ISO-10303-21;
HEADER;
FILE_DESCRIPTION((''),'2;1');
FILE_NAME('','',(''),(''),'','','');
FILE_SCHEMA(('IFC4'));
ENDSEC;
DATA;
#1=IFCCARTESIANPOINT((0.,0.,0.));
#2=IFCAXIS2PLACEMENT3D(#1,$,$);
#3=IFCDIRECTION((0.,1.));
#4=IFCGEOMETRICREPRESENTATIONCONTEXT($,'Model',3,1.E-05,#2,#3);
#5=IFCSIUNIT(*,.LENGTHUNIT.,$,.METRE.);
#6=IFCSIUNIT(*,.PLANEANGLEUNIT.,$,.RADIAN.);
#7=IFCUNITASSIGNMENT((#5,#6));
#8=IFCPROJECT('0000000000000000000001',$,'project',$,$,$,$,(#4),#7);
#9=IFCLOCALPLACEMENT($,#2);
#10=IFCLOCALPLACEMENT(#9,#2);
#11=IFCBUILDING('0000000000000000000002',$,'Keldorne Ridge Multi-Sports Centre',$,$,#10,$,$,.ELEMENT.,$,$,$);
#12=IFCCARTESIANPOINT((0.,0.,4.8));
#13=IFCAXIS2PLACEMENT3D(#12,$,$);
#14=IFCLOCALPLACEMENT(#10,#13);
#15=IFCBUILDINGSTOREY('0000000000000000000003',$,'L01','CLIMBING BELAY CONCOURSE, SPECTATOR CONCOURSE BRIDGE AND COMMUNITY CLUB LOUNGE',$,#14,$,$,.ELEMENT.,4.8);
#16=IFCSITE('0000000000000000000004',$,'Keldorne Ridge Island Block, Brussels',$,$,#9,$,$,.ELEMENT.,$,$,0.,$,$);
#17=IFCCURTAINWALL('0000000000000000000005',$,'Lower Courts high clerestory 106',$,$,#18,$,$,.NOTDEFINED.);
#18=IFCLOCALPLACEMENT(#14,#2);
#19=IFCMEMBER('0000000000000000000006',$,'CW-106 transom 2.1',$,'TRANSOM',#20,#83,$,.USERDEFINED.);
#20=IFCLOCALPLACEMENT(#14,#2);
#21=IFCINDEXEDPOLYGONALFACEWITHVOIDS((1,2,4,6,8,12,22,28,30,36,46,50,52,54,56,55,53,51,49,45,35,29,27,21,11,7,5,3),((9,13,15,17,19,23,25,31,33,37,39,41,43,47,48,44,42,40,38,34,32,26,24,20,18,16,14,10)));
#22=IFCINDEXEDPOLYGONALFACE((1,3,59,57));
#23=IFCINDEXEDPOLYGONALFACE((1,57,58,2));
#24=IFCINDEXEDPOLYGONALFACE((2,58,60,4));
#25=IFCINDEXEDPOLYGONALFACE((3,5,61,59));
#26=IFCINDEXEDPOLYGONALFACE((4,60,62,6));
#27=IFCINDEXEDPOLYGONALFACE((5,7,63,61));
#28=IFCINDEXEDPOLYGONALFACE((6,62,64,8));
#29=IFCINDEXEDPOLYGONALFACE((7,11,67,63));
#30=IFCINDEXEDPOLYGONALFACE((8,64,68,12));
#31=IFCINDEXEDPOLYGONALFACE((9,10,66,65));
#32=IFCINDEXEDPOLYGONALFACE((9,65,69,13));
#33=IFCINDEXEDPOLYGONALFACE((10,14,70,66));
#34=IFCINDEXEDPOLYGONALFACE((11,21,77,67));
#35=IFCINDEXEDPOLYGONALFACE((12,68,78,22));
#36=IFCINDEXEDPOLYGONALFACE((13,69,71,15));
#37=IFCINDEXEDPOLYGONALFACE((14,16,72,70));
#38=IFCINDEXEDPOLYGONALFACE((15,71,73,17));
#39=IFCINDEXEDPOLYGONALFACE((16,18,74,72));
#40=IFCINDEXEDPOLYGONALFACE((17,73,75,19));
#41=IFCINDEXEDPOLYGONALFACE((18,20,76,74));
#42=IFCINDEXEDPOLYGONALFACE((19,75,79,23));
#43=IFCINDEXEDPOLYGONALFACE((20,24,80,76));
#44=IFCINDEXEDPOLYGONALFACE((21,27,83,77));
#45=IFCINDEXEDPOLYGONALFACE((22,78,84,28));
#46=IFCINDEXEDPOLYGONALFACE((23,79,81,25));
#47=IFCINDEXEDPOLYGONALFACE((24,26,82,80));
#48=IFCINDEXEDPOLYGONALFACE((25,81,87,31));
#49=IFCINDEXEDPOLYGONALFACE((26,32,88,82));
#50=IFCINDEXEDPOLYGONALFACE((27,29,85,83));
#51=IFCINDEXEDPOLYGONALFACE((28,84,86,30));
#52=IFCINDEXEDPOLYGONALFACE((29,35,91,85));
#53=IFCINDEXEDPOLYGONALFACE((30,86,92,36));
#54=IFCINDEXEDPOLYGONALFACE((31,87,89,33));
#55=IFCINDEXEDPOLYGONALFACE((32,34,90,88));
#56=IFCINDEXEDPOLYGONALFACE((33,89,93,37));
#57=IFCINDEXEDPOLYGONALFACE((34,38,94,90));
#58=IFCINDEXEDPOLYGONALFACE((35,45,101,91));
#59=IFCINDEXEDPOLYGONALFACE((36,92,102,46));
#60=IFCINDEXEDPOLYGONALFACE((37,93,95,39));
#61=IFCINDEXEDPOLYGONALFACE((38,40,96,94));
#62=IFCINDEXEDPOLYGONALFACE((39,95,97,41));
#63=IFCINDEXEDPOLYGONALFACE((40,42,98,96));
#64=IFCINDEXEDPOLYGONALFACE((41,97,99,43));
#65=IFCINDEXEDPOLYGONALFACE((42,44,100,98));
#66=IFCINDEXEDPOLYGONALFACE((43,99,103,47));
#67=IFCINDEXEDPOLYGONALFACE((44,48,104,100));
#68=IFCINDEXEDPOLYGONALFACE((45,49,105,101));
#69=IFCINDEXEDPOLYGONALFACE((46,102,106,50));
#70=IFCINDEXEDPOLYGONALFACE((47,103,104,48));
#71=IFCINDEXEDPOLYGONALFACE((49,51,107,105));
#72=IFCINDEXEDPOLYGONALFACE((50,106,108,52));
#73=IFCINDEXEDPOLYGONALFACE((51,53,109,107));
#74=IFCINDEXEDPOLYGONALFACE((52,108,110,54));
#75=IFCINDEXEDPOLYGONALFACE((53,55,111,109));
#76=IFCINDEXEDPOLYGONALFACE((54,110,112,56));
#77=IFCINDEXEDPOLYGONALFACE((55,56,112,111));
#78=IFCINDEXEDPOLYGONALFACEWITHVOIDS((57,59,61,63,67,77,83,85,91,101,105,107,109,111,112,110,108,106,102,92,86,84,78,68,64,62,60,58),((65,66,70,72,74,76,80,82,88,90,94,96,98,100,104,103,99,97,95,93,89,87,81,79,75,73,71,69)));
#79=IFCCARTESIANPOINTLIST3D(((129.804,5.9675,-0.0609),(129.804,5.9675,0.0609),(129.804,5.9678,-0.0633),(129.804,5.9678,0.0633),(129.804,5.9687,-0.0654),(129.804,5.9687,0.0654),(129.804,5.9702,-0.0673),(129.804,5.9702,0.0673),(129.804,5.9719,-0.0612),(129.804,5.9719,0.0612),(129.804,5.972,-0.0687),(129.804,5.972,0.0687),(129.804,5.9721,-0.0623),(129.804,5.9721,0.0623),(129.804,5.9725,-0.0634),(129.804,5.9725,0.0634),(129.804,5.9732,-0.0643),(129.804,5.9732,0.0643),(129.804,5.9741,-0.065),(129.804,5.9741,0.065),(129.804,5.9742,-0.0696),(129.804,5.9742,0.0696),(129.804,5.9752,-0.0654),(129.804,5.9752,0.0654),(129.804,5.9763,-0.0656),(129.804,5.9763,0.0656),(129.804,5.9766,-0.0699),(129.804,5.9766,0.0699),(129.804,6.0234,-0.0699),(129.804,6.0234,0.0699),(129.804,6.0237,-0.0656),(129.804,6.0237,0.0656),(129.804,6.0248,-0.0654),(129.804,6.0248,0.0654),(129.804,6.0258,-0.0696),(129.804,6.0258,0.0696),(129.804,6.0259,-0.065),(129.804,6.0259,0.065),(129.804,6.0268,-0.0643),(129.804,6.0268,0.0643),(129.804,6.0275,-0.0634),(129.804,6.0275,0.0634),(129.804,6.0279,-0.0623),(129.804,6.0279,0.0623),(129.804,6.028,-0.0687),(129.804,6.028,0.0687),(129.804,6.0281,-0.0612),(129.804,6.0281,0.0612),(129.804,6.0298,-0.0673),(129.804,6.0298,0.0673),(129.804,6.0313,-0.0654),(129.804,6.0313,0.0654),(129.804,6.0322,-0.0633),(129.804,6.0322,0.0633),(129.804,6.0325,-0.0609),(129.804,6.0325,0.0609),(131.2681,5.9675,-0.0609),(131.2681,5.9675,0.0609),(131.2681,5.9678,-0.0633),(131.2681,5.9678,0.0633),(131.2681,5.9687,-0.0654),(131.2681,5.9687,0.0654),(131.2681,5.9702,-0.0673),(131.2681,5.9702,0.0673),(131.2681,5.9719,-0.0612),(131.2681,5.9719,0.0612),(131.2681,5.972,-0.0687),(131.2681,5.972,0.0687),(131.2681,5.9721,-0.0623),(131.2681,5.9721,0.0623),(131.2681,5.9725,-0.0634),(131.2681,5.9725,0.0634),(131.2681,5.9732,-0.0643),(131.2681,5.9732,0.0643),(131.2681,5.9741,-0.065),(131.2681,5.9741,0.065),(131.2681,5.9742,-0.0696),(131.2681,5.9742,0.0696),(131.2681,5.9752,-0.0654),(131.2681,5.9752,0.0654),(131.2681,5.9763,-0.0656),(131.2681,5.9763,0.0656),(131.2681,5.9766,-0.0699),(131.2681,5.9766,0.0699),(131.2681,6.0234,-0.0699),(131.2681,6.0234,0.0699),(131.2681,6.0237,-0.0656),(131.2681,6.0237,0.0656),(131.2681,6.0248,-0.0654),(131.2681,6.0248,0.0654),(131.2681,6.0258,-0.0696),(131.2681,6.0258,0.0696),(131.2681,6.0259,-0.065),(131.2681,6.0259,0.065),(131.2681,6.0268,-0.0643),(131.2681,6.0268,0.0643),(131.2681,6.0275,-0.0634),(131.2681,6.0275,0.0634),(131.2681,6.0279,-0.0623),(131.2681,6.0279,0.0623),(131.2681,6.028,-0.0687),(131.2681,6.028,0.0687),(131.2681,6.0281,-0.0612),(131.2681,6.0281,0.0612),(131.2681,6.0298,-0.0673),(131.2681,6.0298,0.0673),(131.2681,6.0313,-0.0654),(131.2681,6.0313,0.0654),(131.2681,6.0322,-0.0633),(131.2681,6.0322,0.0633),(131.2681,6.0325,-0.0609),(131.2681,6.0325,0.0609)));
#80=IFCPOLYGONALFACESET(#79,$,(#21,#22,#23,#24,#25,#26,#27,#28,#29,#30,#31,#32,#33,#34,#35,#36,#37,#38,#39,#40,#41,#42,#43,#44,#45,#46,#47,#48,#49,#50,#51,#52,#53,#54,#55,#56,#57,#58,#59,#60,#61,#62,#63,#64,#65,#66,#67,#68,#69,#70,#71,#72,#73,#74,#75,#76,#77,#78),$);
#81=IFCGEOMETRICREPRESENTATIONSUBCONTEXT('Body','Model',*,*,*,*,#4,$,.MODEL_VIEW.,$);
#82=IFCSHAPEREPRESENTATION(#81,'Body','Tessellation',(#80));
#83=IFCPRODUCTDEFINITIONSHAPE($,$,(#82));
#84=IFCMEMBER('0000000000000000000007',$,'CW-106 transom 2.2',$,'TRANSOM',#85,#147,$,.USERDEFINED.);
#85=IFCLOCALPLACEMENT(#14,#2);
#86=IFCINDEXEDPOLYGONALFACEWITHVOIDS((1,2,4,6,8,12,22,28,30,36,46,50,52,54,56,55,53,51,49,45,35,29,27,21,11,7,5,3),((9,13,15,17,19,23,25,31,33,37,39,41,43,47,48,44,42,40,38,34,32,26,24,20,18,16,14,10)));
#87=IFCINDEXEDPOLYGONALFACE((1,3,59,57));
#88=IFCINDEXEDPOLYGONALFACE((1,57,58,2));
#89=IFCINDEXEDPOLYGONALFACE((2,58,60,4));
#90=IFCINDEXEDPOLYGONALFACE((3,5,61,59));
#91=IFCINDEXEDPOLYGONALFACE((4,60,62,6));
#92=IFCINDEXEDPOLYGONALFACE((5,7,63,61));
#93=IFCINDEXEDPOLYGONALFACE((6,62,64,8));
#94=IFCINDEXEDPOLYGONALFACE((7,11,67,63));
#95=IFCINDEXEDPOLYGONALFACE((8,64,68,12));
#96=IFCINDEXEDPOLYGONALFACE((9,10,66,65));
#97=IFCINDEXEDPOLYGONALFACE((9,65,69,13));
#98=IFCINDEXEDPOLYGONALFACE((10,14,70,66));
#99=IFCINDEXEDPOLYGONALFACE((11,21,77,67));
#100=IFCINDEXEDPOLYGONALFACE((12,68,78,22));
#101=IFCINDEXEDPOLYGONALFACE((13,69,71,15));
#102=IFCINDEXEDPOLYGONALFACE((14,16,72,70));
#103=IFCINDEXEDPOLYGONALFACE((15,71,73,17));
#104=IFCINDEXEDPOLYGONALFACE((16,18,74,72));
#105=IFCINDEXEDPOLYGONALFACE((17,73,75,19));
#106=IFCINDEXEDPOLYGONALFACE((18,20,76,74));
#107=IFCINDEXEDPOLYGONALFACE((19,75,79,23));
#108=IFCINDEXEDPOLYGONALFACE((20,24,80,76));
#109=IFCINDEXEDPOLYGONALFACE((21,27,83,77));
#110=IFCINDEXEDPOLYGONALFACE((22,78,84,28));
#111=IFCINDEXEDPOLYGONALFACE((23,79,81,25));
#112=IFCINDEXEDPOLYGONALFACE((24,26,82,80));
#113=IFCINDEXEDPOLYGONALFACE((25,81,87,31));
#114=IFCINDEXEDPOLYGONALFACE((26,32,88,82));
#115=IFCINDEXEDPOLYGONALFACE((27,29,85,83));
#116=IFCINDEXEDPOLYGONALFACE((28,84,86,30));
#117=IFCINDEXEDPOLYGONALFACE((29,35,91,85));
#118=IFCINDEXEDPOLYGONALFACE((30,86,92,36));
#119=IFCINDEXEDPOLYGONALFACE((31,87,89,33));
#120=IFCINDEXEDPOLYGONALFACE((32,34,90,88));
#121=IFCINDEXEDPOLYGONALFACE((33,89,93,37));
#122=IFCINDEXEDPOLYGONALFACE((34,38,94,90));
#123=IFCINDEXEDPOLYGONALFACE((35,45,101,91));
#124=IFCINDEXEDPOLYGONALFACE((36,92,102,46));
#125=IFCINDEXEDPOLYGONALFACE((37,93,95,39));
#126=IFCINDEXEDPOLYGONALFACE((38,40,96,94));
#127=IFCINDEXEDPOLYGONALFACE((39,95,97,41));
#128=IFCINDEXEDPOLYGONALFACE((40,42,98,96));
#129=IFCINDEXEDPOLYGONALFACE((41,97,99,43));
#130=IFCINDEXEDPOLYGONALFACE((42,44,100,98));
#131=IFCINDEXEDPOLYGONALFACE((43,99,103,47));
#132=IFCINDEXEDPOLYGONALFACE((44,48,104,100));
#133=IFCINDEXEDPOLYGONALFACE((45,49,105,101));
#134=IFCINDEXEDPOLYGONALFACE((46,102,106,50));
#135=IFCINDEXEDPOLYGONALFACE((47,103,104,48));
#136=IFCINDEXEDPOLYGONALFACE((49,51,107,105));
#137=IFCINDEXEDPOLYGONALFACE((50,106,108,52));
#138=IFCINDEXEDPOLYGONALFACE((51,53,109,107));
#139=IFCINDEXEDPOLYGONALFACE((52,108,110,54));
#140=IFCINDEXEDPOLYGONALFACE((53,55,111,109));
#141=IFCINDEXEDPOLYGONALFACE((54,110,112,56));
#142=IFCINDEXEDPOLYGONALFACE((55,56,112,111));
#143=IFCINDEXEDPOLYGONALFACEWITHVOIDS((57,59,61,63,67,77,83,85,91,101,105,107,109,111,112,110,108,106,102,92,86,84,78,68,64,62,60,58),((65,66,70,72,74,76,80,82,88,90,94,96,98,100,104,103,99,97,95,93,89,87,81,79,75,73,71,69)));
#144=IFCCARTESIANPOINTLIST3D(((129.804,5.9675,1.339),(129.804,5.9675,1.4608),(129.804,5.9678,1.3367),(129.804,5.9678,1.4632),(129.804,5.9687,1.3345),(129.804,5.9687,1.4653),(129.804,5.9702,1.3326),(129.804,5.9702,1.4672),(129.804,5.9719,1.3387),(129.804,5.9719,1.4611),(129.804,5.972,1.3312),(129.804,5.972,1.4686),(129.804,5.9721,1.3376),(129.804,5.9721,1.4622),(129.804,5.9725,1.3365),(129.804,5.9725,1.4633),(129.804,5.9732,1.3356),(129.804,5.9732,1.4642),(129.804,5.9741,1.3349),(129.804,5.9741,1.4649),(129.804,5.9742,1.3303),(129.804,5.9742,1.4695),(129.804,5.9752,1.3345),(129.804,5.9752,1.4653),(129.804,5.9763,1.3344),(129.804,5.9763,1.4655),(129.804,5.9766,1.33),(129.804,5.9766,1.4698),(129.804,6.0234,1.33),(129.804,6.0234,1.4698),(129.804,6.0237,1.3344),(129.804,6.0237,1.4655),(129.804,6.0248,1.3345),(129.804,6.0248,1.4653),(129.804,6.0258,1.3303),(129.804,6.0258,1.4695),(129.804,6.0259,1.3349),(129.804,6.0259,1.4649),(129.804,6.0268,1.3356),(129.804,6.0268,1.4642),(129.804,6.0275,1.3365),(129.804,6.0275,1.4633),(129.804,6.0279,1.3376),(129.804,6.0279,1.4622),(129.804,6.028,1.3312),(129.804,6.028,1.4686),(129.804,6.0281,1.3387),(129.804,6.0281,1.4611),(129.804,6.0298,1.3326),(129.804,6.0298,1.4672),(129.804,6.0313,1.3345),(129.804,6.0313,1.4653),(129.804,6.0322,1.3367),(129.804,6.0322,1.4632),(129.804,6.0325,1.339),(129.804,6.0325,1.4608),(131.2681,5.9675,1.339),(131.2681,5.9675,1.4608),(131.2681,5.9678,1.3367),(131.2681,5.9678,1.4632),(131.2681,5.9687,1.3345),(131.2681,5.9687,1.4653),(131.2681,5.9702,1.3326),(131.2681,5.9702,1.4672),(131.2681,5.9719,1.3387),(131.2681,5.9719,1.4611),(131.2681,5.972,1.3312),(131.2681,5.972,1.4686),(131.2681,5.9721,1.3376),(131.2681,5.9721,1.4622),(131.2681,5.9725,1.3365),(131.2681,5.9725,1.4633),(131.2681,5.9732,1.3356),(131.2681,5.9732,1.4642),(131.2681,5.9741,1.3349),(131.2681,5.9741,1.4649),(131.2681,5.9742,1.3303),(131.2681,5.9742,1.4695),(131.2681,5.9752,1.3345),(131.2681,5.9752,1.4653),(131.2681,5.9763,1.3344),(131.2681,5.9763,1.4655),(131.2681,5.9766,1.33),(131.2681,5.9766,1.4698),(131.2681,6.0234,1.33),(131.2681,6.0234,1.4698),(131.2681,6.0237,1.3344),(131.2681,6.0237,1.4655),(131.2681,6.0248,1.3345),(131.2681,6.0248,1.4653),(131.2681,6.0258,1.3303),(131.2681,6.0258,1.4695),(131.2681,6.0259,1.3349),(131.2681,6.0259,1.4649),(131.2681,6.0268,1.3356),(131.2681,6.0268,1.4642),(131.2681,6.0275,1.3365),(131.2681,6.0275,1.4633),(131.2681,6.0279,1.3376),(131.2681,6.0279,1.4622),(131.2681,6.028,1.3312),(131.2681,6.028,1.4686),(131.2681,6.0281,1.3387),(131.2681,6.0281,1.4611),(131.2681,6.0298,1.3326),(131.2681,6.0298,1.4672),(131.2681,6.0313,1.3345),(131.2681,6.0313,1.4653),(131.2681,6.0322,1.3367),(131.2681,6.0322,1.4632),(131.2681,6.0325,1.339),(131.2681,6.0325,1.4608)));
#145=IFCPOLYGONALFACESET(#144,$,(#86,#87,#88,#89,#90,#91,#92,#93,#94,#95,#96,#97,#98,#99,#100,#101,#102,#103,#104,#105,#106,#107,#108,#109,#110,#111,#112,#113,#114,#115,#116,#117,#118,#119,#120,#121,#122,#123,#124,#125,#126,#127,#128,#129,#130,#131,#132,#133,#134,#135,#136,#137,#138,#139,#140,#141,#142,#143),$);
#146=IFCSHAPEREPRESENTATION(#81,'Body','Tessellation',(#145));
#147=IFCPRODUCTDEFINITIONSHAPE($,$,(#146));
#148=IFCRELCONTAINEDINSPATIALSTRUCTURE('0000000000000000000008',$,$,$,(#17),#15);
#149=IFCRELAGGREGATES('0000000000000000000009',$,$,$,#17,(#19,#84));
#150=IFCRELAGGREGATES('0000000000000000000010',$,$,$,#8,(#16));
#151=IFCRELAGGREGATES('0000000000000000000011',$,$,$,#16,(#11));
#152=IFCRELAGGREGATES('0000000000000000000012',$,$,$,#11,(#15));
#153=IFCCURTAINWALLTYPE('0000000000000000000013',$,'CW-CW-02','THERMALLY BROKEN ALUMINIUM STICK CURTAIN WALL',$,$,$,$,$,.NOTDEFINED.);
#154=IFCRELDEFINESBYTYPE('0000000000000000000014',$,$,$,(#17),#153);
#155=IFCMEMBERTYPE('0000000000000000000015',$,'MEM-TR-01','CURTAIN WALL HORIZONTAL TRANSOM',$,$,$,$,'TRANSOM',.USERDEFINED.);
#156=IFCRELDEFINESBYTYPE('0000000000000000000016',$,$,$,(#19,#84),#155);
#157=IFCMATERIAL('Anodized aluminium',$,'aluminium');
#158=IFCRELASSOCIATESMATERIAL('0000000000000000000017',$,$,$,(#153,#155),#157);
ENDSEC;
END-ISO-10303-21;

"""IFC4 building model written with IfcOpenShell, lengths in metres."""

from ifc_helpers import new_model, si_unit, direction, frame, origin, origin_2d, place, context, subcontext, project, spatial, hollow_rectangle, extrude, material, material_profile, profile_set, type_object, element, aggregate, save


model = new_model("IFC4")

# Units and contexts
model_context = context("Model", 3, precision=1e-05, world=origin(), true_north=direction((0.0, 1.0)))
body_context = subcontext(model_context, "Body", "Model", "MODEL_VIEW")
ifc_project = project(units=[si_unit("LENGTHUNIT", "METRE"), si_unit("PLANEANGLEUNIT", "RADIAN")], contexts=[model_context])

# Site, building, storey
site_placement = place(None, origin())
site = spatial("IfcSite", under=ifc_project, at=site_placement, Name="Keldorne Ridge Island Block, Brussels", CompositionType="ELEMENT", RefElevation=0.0)
building_placement = place(site_placement, origin())
building = spatial("IfcBuilding", under=site, at=building_placement, Name="Keldorne Ridge Multi-Sports Centre", CompositionType="ELEMENT")
storey_placement = place(building_placement, frame((0.0, 0.0, 4.8)))
storey = spatial("IfcBuildingStorey", under=building, at=storey_placement, Name="L01", Description="CLIMBING BELAY CONCOURSE, SPECTATOR CONCOURSE BRIDGE AND COMMUNITY CLUB LOUNGE", CompositionType="ELEMENT", Elevation=4.8)

# Curtain wall, members
ifc_material_1 = material(Name="Anodized aluminium", Category="aluminium")
curtain_wall_type = type_object("IfcCurtainWallType", Name="CW-CW-02", Description="THERMALLY BROKEN ALUMINIUM STICK CURTAIN WALL", PredefinedType="NOTDEFINED", material=ifc_material_1)
curtain_wall_placement = place(storey_placement, origin())
curtain_wall = element("IfcCurtainWall", 1, at=curtain_wall_placement, inside=storey, type_object=curtain_wall_type, Name="Lower Courts high clerestory 106", PredefinedType="NOTDEFINED")
ifc_material_profile_1 = material_profile(ifc_material_1, hollow_rectangle(XDim=0.0649, YDim=0.1399, WallThickness=0.0044, InnerFilletRadius=0.0044, OuterFilletRadius=0.009, at=origin_2d()), Name="ALU TRANSOM 140x65x4.5")
ifc_profile_set_1 = profile_set([ifc_material_profile_1], Name="Anodized aluminium")
member_type_1 = type_object("IfcMemberType", Name="MEM-TR-01", Description="CURTAIN WALL HORIZONTAL TRANSOM", ElementType="TRANSOM", PredefinedType="USERDEFINED", material=ifc_profile_set_1)
member_1_placement = place(storey_placement, frame((129.804, 6.0, 0.0), z_axis=(1.0, 0.0, 0.0), x_axis=(0.0, 1.0, 0.0)))
member_1 = element("IfcMember", 2, at=member_1_placement, type_object=member_type_1, Name="CW-106 transom 2.1", ObjectType="TRANSOM", PredefinedType="USERDEFINED", context=body_context, shape_type="SweptSolid", body=[
    extrude(hollow_rectangle(XDim=0.0649, YDim=0.1399, WallThickness=0.0044, InnerFilletRadius=0.0044, OuterFilletRadius=0.009, at=origin_2d()), origin(), (0.0, 0.0, 1.0), 1.4641),
])
member_2_placement = place(storey_placement, frame((129.804, 6.0, 1.3999), z_axis=(1.0, 0.0, 0.0), x_axis=(0.0, 1.0, 0.0)))
member_2 = element("IfcMember", 3, at=member_2_placement, type_object=member_type_1, Name="CW-106 transom 2.2", ObjectType="TRANSOM", PredefinedType="USERDEFINED", context=body_context, shape_type="SweptSolid", body=[
    extrude(hollow_rectangle(XDim=0.0649, YDim=0.1399, WallThickness=0.0044, InnerFilletRadius=0.0044, OuterFilletRadius=0.009, at=origin_2d()), origin(), (0.0, 0.0, 1.0), 1.4641),
])

aggregate(curtain_wall, [member_1, member_2])

save(model, "model.ifc")
